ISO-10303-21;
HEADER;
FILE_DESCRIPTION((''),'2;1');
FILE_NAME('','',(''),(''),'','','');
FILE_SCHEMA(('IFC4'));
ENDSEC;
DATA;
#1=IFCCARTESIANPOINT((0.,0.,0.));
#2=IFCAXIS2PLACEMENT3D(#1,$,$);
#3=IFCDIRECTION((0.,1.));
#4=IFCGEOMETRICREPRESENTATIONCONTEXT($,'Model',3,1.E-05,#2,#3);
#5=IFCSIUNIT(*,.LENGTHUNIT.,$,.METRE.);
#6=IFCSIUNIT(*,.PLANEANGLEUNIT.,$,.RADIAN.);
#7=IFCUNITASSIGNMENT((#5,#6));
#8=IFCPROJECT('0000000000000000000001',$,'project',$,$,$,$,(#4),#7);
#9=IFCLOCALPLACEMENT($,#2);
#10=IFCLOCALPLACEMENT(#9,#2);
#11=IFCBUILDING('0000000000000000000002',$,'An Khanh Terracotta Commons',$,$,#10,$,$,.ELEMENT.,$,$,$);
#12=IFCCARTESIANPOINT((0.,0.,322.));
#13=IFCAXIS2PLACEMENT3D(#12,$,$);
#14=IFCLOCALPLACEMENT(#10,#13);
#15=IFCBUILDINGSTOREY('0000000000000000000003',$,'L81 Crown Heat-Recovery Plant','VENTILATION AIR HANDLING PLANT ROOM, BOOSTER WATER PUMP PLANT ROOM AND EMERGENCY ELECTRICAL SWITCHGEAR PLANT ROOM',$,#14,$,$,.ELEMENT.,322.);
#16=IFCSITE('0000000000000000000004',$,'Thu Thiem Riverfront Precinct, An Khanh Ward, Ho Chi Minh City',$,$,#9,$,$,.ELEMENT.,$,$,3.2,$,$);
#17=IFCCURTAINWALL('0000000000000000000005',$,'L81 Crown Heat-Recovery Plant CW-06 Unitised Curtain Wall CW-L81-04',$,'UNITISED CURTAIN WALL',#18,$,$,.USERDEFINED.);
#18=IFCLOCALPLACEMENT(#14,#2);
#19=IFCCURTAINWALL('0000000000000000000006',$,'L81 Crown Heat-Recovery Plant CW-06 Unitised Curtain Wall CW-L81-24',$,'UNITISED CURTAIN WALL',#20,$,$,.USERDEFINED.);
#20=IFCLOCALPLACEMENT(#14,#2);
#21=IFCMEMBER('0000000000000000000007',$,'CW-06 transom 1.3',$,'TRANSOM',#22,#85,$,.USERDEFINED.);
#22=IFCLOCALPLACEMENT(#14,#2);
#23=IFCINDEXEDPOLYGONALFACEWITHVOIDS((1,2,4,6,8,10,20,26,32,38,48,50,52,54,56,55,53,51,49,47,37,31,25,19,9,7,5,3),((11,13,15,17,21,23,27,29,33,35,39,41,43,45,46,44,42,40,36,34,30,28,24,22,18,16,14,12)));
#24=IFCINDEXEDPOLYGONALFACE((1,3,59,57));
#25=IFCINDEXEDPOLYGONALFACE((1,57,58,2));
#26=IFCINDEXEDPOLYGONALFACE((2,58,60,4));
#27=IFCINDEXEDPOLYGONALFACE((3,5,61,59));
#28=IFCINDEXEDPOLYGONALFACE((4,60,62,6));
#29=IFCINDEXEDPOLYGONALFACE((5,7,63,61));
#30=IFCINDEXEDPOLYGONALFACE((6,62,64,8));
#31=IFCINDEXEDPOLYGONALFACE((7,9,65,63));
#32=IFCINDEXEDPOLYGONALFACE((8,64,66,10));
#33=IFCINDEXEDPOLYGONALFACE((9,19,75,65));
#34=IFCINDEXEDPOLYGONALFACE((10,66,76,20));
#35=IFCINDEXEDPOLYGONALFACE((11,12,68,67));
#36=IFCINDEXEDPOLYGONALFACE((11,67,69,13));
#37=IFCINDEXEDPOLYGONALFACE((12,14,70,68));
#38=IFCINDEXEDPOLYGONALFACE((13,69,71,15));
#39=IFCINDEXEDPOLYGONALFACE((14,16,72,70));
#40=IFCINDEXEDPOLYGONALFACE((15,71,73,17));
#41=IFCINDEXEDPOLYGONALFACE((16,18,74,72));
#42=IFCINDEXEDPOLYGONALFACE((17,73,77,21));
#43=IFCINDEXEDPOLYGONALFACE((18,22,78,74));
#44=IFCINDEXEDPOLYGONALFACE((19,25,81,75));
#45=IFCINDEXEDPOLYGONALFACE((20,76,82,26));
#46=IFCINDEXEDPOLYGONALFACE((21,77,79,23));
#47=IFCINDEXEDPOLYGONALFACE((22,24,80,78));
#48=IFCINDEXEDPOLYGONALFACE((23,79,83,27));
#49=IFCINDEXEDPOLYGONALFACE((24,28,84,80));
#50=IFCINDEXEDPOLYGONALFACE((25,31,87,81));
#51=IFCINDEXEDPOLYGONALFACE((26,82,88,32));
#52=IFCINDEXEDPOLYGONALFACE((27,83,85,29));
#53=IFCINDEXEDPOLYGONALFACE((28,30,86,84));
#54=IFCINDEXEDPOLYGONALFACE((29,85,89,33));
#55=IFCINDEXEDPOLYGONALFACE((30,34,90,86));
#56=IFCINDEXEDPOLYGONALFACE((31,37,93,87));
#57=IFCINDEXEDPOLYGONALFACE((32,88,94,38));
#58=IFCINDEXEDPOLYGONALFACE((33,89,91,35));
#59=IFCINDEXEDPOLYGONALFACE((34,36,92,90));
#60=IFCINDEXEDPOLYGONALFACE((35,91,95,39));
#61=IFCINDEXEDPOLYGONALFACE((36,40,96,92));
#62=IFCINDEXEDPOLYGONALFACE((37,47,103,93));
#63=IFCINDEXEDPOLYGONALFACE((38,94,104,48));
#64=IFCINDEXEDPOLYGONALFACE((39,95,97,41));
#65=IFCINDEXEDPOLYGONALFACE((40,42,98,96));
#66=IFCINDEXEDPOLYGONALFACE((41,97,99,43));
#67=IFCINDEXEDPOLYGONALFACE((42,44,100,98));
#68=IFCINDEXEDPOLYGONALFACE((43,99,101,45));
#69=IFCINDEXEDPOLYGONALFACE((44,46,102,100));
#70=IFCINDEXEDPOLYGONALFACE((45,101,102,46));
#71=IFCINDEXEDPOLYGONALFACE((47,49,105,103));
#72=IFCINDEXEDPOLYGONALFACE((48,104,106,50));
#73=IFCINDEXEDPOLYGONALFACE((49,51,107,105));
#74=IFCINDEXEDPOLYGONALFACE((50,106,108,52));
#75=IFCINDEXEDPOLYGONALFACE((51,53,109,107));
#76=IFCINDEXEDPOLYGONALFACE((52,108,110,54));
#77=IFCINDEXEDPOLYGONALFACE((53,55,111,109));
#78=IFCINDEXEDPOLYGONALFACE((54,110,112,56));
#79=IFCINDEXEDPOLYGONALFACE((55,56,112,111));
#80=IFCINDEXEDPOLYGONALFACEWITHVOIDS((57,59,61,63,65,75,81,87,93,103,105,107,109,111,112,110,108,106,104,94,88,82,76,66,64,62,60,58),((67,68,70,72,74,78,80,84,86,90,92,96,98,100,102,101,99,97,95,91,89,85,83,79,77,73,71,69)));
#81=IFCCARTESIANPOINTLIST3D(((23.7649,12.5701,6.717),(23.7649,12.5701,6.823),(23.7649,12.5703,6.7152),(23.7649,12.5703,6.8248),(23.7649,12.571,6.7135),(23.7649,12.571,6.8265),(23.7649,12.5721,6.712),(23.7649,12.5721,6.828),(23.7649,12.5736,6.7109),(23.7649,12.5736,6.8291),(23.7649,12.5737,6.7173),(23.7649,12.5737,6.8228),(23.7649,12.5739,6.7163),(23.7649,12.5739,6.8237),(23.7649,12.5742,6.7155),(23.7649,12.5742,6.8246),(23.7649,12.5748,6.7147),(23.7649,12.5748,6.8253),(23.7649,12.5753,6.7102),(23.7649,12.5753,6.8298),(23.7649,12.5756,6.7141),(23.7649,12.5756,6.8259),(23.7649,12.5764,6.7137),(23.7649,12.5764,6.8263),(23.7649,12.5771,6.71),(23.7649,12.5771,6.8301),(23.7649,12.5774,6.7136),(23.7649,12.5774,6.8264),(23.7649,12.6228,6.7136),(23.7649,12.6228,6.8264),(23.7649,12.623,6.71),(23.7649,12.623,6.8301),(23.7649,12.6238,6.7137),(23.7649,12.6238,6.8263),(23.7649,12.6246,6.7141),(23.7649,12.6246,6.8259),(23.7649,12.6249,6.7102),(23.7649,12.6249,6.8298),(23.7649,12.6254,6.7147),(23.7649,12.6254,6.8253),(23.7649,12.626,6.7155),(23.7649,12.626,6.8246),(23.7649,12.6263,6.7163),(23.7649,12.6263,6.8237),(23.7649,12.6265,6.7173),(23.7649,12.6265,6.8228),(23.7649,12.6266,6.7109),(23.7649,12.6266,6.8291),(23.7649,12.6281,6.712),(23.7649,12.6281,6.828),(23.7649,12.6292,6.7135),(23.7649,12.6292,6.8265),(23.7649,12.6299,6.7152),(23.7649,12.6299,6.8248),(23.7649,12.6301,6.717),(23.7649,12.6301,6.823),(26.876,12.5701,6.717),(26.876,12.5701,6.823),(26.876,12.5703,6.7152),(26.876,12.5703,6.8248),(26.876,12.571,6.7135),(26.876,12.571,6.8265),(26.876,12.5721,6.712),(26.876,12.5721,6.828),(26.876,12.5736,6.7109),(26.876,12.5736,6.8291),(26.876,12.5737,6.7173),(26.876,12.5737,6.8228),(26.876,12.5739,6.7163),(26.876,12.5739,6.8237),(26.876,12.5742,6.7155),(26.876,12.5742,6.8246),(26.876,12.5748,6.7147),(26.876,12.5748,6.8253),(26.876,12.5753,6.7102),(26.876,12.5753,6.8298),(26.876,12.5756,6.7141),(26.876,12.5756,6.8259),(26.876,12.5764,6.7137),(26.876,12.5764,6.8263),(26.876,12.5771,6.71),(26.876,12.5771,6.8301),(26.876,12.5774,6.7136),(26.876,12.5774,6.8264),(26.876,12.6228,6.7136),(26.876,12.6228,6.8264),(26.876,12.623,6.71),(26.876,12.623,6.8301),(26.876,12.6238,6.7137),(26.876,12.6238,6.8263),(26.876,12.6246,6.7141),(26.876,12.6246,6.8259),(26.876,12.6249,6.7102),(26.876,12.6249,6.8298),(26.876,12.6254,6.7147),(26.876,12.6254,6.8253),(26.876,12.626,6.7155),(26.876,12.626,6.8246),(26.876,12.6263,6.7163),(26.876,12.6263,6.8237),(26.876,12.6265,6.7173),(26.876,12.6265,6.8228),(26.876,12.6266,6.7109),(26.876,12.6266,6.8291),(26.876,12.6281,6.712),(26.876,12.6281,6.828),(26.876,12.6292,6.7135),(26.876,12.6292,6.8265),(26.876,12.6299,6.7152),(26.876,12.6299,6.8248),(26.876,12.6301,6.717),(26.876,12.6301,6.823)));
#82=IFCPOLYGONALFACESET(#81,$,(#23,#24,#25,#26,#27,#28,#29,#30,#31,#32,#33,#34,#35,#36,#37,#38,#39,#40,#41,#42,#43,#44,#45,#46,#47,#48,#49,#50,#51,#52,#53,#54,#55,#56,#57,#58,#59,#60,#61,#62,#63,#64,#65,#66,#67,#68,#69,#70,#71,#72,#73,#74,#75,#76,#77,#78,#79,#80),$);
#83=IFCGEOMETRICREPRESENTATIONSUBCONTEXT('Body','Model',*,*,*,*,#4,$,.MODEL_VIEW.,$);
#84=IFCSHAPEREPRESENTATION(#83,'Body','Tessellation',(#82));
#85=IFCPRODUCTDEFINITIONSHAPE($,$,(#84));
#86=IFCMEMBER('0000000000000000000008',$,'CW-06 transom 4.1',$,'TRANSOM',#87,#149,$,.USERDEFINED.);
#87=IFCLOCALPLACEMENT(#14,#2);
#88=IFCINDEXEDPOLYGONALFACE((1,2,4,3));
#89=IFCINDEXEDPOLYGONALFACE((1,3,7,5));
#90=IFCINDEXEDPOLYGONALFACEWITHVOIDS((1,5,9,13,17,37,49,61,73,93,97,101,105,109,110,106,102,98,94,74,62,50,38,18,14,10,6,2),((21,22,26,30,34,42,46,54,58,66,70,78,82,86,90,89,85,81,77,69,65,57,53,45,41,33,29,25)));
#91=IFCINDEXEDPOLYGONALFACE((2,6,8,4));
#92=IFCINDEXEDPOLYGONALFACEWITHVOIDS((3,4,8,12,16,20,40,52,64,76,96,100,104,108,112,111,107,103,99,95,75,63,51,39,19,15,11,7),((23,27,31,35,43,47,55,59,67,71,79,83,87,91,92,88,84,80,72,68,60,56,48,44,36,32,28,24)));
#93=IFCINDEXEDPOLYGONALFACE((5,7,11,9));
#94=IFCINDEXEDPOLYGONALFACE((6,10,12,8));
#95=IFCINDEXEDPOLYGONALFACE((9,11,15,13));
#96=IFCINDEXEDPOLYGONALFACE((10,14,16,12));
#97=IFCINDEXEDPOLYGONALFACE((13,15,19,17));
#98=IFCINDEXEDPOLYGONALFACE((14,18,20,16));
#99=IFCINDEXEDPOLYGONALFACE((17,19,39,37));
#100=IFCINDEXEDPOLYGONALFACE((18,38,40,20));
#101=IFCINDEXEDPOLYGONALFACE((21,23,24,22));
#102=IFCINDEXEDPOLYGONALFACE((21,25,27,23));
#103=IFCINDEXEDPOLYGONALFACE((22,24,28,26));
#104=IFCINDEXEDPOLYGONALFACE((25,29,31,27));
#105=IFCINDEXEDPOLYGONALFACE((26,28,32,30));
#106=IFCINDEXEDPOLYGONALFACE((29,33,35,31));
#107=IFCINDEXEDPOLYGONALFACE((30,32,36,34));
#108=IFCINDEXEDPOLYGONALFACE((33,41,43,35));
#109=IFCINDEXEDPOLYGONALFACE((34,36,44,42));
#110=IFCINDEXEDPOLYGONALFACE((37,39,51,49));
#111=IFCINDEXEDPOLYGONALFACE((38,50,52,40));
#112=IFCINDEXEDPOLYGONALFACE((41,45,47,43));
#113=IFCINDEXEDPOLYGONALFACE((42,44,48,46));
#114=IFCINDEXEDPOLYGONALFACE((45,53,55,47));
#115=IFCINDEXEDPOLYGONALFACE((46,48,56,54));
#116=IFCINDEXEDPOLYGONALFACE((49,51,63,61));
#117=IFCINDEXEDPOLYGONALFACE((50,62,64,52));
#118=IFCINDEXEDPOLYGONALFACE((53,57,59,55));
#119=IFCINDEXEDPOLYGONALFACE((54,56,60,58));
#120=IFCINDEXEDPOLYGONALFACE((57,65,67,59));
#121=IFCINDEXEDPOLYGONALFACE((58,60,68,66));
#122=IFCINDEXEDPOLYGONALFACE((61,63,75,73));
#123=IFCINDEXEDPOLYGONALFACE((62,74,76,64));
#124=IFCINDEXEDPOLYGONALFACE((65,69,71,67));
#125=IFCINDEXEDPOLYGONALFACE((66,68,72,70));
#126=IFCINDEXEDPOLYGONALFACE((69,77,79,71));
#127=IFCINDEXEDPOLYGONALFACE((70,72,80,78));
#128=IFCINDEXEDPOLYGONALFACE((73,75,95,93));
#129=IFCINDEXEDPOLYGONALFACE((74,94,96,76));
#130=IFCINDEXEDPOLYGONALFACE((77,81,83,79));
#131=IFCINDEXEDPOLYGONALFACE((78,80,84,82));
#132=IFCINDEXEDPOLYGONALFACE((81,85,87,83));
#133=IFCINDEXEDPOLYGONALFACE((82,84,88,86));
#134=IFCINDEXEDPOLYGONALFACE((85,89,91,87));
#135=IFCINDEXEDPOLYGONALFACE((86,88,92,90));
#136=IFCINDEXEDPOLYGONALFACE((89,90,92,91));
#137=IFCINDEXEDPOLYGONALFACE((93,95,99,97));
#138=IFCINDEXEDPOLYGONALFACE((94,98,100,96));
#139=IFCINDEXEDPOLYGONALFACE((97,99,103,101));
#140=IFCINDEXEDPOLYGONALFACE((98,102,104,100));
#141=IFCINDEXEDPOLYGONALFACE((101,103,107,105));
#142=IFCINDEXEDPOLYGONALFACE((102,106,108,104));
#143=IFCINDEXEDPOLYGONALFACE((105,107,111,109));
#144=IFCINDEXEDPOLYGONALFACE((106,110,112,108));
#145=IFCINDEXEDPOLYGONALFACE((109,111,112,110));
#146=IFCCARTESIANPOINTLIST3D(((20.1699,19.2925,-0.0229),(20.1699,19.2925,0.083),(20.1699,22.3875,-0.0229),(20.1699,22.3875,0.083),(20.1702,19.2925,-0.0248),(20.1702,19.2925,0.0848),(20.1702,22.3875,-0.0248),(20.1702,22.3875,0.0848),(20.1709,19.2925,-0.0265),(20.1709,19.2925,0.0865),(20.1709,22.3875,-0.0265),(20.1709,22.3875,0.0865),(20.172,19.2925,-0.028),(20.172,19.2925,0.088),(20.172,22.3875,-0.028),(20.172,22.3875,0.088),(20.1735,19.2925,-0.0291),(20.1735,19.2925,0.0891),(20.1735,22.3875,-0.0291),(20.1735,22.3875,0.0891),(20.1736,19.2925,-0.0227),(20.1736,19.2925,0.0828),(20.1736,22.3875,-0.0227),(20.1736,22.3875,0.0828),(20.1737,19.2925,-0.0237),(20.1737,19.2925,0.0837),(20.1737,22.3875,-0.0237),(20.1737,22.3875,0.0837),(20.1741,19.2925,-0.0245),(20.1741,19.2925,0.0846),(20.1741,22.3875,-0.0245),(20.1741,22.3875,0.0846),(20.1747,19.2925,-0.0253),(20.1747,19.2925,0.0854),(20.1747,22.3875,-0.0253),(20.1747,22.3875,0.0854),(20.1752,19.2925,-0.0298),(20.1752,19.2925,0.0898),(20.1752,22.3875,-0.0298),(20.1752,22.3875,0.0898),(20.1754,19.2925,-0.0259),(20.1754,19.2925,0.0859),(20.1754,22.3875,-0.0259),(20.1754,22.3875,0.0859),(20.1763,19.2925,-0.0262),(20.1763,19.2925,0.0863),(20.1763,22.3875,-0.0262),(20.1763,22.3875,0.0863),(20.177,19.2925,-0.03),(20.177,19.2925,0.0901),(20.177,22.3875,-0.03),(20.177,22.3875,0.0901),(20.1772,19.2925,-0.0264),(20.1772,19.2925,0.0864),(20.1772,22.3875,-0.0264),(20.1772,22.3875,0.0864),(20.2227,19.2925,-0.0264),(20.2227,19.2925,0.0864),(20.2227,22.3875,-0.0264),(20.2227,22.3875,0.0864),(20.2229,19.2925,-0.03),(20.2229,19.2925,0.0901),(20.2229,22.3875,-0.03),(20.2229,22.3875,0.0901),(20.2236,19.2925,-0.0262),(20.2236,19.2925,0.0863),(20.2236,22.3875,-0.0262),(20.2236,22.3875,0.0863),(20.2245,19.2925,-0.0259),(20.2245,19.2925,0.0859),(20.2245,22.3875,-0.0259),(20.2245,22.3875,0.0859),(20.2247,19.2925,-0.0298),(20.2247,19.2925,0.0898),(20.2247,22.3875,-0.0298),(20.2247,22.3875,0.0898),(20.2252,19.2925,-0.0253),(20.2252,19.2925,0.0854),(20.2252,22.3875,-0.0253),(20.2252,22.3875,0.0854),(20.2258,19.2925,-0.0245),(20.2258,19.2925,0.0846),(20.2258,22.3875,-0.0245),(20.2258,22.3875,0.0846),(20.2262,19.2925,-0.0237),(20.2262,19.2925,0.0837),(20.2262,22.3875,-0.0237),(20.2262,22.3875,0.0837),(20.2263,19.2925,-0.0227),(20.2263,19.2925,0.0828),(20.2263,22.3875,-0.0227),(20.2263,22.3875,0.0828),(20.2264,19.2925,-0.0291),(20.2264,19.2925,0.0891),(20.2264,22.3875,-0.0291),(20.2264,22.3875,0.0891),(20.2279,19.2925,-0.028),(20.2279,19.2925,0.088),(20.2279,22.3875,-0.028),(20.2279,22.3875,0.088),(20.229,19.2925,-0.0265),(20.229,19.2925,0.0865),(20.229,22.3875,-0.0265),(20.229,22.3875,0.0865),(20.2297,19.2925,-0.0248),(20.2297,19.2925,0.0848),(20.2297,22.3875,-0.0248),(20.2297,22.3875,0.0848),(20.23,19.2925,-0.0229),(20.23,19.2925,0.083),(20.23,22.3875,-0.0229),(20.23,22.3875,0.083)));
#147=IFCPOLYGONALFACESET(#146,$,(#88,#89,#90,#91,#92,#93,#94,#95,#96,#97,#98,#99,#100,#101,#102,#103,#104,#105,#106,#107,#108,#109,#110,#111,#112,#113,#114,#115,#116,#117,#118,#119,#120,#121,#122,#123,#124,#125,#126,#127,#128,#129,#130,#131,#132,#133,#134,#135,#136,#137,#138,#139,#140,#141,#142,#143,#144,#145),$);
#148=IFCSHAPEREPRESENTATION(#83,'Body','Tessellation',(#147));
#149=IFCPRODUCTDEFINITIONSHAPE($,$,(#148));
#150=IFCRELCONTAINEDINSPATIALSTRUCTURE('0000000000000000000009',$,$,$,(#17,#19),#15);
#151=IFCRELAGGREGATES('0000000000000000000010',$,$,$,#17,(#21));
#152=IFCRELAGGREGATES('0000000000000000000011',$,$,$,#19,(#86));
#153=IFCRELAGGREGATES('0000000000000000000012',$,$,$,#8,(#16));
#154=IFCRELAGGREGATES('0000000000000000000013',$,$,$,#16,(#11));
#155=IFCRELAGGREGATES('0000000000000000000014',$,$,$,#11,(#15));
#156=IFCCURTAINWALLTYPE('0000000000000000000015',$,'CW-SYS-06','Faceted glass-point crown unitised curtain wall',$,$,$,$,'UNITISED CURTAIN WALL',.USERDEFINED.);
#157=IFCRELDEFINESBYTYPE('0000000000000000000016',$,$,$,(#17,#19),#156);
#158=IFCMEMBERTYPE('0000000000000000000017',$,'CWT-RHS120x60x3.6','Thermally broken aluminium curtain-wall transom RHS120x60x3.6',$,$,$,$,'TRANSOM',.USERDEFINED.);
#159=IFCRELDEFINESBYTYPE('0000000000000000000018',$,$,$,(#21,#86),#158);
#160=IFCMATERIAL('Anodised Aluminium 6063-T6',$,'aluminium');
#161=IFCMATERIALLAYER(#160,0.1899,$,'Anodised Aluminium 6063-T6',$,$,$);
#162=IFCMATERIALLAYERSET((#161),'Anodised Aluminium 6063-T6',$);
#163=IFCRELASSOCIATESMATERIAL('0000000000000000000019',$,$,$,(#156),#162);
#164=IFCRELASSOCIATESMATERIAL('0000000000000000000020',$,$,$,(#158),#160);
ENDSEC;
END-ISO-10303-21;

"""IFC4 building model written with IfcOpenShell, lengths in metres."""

from ifc_helpers import new_model, si_unit, direction, frame, origin, origin_2d, place, context, subcontext, project, spatial, hollow_rectangle, extrude, material, layer, layer_set, material_profile, profile_set, type_object, element, aggregate, save


model = new_model("IFC4")

# Units and contexts
model_context = context("Model", 3, precision=1e-05, world=origin(), true_north=direction((0.0, 1.0)))
body_context = subcontext(model_context, "Body", "Model", "MODEL_VIEW")
ifc_project = project(units=[si_unit("LENGTHUNIT", "METRE"), si_unit("PLANEANGLEUNIT", "RADIAN")], contexts=[model_context])

# Site, building, storey
site_placement = place(None, origin())
site = spatial("IfcSite", under=ifc_project, at=site_placement, Name="Thu Thiem Riverfront Precinct, An Khanh Ward, Ho Chi Minh City", CompositionType="ELEMENT", RefElevation=3.2)
building_placement = place(site_placement, origin())
building = spatial("IfcBuilding", under=site, at=building_placement, Name="An Khanh Terracotta Commons", CompositionType="ELEMENT")
storey_placement = place(building_placement, frame((0.0, 0.0, 322.0)))
storey = spatial("IfcBuildingStorey", under=building, at=storey_placement, Name="L81 Crown Heat-Recovery Plant", Description="VENTILATION AIR HANDLING PLANT ROOM, BOOSTER WATER PUMP PLANT ROOM AND EMERGENCY ELECTRICAL SWITCHGEAR PLANT ROOM", CompositionType="ELEMENT", Elevation=322.0)

# Curtain wall
ifc_material_1 = material(Name="Anodised Aluminium 6063-T6", Category="aluminium")
ifc_layer_1 = layer(ifc_material_1, 0.1899, Name="Anodised Aluminium 6063-T6")
ifc_layer_set_1 = layer_set([ifc_layer_1], Name="Anodised Aluminium 6063-T6")
curtain_wall_type = type_object("IfcCurtainWallType", Name="CW-SYS-06", Description="Faceted glass-point crown unitised curtain wall", ElementType="UNITISED CURTAIN WALL", PredefinedType="USERDEFINED", material=ifc_layer_set_1)
curtain_wall_1_placement = place(storey_placement, origin())
curtain_wall_1 = element("IfcCurtainWall", 1, at=curtain_wall_1_placement, inside=storey, type_object=curtain_wall_type, Name="L81 Crown Heat-Recovery Plant CW-06 Unitised Curtain Wall CW-L81-04", ObjectType="UNITISED CURTAIN WALL", PredefinedType="USERDEFINED")

# Curtain wall
curtain_wall_2_placement = place(storey_placement, origin())
curtain_wall_2 = element("IfcCurtainWall", 2, at=curtain_wall_2_placement, inside=storey, type_object=curtain_wall_type, Name="L81 Crown Heat-Recovery Plant CW-06 Unitised Curtain Wall CW-L81-24", ObjectType="UNITISED CURTAIN WALL", PredefinedType="USERDEFINED")

# Members
ifc_material_profile_1 = material_profile(ifc_material_1, hollow_rectangle(XDim=0.0601, YDim=0.1201, WallThickness=0.0037, InnerFilletRadius=0.0037, OuterFilletRadius=0.0071, at=origin_2d()), Name="RHS120x60x3.6")
ifc_profile_set_1 = profile_set([ifc_material_profile_1], Name="Anodised Aluminium 6063-T6")
member_type_1 = type_object("IfcMemberType", Name="CWT-RHS120x60x3.6", Description="Thermally broken aluminium curtain-wall transom RHS120x60x3.6", ElementType="TRANSOM", PredefinedType="USERDEFINED", material=ifc_profile_set_1)
member_1_placement = place(storey_placement, frame((23.7649, 12.6001, 6.77), z_axis=(1.0, 0.0, 0.0), x_axis=(0.0, 1.0, 0.0)))
member_1 = element("IfcMember", 3, at=member_1_placement, type_object=member_type_1, Name="CW-06 transom 1.3", ObjectType="TRANSOM", PredefinedType="USERDEFINED", context=body_context, shape_type="SweptSolid", body=[
    extrude(hollow_rectangle(XDim=0.0601, YDim=0.1201, WallThickness=0.0037, InnerFilletRadius=0.0037, OuterFilletRadius=0.0071, at=origin_2d()), origin(), (0.0, 0.0, 1.0), 3.1111),
])
member_2_placement = place(storey_placement, frame((20.2, 22.3875, 0.03), z_axis=(0.0, -1.0, 0.0), x_axis=(1.0, 0.0, 0.0)))
member_2 = element("IfcMember", 4, at=member_2_placement, type_object=member_type_1, Name="CW-06 transom 4.1", ObjectType="TRANSOM", PredefinedType="USERDEFINED", context=body_context, shape_type="SweptSolid", body=[
    extrude(hollow_rectangle(XDim=0.0601, YDim=0.1201, WallThickness=0.0037, InnerFilletRadius=0.0037, OuterFilletRadius=0.0071, at=origin_2d()), origin(), (0.0, 0.0, 1.0), 3.095),
])

aggregate(curtain_wall_1, [member_1])
aggregate(curtain_wall_2, [member_2])

save(model, "model.ifc")
